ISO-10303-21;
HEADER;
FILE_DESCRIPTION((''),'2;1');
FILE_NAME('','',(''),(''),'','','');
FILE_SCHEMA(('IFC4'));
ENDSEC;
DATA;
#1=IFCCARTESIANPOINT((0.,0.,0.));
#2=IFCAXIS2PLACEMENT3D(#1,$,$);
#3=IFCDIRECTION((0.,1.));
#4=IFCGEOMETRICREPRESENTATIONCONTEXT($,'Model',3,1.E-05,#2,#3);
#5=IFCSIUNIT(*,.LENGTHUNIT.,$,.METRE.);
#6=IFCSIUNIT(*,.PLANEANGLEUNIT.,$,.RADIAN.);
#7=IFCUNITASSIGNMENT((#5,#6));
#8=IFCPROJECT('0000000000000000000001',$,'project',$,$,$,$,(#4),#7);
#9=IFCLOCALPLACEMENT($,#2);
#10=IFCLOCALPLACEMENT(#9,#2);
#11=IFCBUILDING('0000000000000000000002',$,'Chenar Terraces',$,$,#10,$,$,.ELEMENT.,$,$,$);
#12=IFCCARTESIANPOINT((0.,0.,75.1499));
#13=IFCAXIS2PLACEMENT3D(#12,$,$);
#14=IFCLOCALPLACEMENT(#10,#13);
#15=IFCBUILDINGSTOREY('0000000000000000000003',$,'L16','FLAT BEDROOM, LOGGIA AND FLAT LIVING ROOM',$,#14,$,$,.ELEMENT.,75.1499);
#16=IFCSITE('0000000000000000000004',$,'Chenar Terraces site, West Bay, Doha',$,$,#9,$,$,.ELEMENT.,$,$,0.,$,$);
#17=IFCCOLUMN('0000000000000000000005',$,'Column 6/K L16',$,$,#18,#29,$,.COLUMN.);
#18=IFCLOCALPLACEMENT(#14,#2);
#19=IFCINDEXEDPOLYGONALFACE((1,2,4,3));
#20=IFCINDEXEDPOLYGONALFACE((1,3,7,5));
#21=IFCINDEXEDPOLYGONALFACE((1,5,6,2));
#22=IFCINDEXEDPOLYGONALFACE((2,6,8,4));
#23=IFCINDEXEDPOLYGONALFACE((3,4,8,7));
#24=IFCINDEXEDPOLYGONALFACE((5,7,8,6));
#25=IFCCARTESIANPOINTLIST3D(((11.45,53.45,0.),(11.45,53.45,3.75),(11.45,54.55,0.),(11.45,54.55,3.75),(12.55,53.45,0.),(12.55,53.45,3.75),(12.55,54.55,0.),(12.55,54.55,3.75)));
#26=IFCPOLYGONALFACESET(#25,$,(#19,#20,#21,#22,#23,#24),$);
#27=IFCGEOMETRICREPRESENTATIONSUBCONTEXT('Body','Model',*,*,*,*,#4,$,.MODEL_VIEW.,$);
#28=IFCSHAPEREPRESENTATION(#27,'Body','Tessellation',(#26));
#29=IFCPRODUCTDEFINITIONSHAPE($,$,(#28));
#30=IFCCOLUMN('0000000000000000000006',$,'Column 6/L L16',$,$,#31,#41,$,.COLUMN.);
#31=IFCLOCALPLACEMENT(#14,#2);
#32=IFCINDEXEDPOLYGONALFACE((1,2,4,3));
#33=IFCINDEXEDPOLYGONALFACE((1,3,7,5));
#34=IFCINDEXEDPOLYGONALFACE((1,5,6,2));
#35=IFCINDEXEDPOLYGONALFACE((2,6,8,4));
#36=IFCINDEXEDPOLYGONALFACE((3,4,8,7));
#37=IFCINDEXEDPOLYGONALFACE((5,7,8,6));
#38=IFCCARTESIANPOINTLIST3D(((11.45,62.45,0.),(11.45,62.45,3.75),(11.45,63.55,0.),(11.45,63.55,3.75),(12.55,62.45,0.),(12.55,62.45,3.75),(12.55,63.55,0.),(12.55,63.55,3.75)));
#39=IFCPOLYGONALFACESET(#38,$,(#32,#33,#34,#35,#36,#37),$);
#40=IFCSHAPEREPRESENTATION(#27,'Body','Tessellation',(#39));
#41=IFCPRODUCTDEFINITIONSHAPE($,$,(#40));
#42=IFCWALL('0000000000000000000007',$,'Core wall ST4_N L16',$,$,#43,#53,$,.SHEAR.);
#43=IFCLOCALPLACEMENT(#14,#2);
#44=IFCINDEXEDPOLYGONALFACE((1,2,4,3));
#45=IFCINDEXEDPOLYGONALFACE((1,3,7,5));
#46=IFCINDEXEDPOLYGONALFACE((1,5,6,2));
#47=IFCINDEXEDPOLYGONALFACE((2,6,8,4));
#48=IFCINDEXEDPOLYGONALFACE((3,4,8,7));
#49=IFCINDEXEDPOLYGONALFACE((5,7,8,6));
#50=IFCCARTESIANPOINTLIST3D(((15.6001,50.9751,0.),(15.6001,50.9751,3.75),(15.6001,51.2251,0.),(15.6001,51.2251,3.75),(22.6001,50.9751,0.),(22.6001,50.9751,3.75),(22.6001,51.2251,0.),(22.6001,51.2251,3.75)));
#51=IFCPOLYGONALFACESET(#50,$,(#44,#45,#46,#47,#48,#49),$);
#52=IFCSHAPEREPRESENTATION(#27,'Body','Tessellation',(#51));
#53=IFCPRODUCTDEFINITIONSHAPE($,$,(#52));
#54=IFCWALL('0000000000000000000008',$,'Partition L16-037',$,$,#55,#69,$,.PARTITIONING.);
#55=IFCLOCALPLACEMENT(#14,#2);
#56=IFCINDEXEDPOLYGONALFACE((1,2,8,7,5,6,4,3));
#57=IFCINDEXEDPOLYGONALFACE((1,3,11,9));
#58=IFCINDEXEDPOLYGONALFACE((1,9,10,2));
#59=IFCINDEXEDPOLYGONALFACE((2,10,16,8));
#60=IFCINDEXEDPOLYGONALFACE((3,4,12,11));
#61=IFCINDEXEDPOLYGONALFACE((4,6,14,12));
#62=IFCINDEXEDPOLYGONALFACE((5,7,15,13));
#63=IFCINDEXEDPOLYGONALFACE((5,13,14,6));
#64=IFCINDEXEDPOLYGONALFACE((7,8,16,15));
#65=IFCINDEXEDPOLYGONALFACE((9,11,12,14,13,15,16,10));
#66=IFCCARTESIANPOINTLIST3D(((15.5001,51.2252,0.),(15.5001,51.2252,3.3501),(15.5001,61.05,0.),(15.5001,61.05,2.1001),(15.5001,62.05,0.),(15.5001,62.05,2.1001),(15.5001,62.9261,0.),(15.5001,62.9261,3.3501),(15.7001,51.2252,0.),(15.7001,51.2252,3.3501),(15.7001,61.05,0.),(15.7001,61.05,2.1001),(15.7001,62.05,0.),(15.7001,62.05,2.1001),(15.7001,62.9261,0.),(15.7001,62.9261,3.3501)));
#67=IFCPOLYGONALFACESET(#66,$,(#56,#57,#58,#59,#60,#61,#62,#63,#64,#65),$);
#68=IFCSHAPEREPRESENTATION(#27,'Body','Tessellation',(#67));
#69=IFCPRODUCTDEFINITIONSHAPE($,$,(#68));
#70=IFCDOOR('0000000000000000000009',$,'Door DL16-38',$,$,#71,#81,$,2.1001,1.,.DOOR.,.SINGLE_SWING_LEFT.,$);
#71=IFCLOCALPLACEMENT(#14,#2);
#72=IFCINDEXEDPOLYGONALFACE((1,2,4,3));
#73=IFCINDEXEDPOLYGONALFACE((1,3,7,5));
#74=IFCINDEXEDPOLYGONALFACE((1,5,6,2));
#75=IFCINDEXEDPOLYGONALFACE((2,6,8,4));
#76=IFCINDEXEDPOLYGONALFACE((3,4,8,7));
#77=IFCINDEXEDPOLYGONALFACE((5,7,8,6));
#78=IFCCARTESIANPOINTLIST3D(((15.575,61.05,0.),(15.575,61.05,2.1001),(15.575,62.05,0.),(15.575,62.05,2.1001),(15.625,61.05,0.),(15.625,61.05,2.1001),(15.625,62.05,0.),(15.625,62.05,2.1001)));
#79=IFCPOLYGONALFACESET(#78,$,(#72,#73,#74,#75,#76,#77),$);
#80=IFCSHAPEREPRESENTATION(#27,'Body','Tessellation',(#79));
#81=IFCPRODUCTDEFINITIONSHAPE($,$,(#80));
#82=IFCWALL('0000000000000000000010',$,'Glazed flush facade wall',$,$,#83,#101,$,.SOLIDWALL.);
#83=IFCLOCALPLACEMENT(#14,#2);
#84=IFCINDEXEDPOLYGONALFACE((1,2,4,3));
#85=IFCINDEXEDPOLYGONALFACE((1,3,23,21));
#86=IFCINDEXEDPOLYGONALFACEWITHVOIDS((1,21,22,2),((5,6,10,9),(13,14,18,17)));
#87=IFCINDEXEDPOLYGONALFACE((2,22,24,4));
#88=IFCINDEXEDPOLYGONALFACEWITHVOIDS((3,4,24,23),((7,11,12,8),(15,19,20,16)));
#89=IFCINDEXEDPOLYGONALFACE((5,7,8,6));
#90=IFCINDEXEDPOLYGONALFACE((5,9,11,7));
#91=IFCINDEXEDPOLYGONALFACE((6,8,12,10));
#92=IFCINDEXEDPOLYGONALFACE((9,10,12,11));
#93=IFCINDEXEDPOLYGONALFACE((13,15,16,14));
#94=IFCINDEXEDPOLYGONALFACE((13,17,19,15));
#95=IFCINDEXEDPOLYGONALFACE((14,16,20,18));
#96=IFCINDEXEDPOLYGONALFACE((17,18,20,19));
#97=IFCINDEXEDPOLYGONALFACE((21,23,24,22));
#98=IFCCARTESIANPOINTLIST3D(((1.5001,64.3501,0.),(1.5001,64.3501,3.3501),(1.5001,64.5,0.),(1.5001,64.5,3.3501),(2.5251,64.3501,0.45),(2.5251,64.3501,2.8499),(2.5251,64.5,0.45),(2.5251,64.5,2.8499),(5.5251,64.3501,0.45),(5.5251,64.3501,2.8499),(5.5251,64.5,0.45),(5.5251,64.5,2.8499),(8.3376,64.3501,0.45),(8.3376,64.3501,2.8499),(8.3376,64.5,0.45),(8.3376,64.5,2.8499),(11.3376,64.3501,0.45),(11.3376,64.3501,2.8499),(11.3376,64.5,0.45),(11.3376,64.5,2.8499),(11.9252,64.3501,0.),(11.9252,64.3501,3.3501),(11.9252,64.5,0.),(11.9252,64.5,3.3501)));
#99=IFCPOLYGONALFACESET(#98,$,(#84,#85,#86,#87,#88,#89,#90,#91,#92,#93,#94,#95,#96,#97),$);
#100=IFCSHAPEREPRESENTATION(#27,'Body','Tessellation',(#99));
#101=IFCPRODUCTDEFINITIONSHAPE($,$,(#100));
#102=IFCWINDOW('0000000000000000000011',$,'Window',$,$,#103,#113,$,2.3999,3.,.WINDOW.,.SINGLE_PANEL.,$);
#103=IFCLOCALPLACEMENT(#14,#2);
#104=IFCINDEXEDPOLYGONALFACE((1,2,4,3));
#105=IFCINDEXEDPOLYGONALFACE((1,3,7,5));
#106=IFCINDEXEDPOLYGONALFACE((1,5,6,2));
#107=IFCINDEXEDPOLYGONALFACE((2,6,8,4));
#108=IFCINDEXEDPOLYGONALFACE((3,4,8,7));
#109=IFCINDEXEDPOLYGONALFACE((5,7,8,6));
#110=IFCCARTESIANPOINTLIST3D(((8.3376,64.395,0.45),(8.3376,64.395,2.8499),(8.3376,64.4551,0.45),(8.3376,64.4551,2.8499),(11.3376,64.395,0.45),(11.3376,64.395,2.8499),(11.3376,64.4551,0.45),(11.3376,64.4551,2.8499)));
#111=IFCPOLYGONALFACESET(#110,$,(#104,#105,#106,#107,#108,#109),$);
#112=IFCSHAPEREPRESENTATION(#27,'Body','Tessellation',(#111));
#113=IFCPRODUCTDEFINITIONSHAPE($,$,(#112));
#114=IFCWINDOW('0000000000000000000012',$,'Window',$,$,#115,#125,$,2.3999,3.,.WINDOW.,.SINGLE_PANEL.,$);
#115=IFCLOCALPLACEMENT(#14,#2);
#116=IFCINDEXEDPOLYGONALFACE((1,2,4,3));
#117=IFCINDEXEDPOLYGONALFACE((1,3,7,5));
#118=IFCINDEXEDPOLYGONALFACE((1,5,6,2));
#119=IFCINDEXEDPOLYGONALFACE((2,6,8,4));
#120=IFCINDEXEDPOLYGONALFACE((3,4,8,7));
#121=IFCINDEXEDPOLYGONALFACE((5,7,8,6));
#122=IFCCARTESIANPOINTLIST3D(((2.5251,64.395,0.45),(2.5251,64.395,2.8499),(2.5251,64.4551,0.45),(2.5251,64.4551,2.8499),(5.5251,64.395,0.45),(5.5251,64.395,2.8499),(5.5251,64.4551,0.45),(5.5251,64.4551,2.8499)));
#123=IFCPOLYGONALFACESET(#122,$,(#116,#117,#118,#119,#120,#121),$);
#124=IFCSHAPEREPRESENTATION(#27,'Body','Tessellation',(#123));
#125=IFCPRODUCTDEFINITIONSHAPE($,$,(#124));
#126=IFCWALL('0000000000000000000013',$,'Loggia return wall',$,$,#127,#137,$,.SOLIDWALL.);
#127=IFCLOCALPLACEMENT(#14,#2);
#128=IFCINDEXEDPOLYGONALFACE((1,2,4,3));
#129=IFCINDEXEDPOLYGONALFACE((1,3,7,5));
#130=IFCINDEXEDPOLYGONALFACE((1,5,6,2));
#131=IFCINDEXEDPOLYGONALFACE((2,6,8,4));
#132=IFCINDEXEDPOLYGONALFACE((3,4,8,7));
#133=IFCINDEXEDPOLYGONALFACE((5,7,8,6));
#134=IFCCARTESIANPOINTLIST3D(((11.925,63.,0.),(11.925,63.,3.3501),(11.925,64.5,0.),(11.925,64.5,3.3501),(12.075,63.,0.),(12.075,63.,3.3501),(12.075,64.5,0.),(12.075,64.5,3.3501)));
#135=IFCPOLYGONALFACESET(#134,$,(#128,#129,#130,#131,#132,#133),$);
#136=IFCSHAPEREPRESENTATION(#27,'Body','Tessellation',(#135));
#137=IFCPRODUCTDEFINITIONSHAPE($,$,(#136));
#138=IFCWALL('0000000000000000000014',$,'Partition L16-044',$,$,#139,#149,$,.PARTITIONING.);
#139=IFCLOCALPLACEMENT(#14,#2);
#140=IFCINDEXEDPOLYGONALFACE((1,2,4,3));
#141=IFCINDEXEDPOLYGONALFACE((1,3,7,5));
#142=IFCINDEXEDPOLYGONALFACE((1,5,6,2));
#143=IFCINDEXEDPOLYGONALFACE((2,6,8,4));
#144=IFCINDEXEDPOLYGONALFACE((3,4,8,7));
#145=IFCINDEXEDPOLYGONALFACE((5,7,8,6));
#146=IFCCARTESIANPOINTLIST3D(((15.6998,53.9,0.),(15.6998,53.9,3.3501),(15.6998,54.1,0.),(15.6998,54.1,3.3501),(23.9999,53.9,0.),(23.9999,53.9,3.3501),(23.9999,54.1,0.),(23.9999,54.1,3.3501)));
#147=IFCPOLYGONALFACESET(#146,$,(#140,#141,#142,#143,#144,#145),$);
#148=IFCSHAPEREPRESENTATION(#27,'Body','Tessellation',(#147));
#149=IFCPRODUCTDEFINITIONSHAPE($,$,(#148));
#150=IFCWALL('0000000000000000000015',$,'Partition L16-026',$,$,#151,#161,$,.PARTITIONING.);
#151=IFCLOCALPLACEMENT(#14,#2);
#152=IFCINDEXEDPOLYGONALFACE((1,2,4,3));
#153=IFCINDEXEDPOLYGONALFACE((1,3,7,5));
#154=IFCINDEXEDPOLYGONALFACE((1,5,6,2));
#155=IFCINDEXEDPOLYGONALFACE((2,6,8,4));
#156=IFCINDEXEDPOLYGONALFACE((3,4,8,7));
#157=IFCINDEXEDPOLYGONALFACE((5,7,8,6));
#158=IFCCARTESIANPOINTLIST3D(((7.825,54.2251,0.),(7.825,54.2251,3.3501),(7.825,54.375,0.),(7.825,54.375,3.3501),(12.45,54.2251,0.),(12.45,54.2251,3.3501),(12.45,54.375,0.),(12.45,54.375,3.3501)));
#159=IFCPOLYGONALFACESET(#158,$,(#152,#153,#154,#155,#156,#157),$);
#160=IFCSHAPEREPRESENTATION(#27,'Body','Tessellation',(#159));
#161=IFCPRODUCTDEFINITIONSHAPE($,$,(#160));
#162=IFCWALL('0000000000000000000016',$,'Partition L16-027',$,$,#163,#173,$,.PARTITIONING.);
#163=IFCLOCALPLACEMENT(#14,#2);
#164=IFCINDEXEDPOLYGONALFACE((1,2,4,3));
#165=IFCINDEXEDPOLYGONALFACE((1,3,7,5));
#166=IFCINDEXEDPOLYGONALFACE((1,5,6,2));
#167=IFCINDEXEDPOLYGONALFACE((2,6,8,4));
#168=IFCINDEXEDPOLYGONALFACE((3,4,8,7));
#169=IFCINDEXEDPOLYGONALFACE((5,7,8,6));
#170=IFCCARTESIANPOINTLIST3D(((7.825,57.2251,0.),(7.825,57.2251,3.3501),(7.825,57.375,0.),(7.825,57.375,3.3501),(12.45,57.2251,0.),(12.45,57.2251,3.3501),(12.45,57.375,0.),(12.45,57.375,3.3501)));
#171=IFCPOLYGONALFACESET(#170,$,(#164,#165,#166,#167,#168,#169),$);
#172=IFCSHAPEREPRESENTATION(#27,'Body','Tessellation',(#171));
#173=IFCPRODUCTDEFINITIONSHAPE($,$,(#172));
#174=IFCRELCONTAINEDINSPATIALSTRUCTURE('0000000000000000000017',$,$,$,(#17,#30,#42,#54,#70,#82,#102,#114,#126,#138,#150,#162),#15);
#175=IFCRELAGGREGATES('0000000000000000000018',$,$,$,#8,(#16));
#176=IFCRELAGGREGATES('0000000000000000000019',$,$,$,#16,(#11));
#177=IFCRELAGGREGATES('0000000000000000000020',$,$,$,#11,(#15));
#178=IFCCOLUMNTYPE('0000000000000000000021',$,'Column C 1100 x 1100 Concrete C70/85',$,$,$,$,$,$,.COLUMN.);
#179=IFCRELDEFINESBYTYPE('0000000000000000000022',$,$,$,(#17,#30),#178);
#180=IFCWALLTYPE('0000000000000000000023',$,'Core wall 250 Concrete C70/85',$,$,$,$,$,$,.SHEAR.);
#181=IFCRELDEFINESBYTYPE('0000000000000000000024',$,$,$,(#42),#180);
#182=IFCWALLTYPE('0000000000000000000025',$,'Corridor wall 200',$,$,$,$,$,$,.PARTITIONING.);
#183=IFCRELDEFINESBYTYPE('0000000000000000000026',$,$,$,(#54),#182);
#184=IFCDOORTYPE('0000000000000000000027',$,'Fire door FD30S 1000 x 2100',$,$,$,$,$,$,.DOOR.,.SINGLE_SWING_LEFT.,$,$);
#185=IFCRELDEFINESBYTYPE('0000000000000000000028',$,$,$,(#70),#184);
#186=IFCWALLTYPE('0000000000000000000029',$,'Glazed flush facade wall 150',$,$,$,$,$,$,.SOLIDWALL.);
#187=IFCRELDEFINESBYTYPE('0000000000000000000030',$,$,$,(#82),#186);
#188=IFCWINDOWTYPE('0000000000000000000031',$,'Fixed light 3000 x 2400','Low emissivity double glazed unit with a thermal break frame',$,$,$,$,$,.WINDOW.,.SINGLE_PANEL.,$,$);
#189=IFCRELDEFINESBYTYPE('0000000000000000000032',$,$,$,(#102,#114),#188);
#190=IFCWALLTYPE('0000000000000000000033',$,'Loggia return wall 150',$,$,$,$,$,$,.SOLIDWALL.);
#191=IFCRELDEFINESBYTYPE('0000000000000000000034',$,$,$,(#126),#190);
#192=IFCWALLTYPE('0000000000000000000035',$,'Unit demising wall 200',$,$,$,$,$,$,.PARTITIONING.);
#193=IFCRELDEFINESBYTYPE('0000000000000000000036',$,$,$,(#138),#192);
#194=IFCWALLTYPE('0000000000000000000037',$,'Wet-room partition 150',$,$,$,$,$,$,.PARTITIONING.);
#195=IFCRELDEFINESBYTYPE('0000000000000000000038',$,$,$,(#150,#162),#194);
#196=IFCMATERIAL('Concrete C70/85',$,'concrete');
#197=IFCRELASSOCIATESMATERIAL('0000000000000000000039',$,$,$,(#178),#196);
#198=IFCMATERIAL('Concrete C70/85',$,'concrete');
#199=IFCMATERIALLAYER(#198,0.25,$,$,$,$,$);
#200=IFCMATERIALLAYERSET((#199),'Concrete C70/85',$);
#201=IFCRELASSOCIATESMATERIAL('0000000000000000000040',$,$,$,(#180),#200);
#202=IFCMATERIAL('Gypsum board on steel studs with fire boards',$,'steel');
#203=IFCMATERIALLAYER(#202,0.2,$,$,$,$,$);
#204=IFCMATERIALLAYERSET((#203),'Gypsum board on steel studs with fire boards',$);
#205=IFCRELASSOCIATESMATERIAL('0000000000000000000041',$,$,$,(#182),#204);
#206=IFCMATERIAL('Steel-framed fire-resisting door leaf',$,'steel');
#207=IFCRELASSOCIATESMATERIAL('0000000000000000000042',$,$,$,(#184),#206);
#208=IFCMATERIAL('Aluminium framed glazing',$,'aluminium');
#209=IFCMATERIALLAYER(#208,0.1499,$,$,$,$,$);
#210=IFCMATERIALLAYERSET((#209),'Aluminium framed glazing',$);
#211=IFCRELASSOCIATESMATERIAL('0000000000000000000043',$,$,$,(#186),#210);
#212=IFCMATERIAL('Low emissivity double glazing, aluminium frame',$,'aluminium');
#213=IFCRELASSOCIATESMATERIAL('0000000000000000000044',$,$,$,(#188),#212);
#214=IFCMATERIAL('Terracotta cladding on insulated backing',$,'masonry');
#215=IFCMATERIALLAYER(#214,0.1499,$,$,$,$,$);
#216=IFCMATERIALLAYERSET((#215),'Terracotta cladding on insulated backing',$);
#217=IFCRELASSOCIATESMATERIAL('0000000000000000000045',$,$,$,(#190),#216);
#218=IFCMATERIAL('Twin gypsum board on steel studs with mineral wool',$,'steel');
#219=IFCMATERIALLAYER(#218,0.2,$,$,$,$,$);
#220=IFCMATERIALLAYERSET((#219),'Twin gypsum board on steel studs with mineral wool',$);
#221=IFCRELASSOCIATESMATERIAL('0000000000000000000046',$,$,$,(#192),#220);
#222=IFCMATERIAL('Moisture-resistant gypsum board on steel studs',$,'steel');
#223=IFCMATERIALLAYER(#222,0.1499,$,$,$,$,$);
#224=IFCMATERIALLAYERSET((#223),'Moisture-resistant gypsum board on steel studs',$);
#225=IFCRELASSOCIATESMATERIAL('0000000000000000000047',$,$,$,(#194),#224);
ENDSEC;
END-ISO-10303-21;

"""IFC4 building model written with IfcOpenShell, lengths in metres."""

from ifc_helpers import new_model, si_unit, direction, frame, frame_2d, origin, origin_2d, place, context, subcontext, project, spatial, rectangle, extrude, material, layer, layer_set, material_profile, profile_set, type_object, element, fill, save


model = new_model("IFC4")

# Units and contexts
model_context = context("Model", 3, precision=1e-05, world=origin(), true_north=direction((0.0, 1.0)))
body_context = subcontext(model_context, "Body", "Model", "MODEL_VIEW")
ifc_project = project(units=[si_unit("LENGTHUNIT", "METRE"), si_unit("PLANEANGLEUNIT", "RADIAN")], contexts=[model_context])

# Site, building, storey
site_placement = place(None, origin())
site = spatial("IfcSite", under=ifc_project, at=site_placement, Name="Chenar Terraces site, West Bay, Doha", CompositionType="ELEMENT", RefElevation=0.0)
building_placement = place(site_placement, origin())
building = spatial("IfcBuilding", under=site, at=building_placement, Name="Chenar Terraces", CompositionType="ELEMENT")
storey_placement = place(building_placement, frame((0.0, 0.0, 75.1499)))
storey = spatial("IfcBuildingStorey", under=building, at=storey_placement, Name="L16", Description="FLAT BEDROOM, LOGGIA AND FLAT LIVING ROOM", CompositionType="ELEMENT", Elevation=75.1499)

# Columns
ifc_material_1 = material(Name="Concrete C70/85", Category="concrete")
ifc_material_profile = material_profile(ifc_material_1, rectangle(XDim=1.1001, YDim=1.1001, at=origin_2d()), Name="C 1100 x 1100")
ifc_profile_set = profile_set([ifc_material_profile], Name="Concrete C70/85")
column_type = type_object("IfcColumnType", Name="Column C 1100 x 1100 Concrete C70/85", PredefinedType="COLUMN", material=ifc_profile_set)
for number, where, z_axis, x_axis, name in (
    (1, (12.0, 54.0, 0.0), (0.0, 0.0, 1.0), (1.0, 0.0, 0.0), "Column 6/K L16"),
    (2, (12.0, 63.0, 0.0), (0.0, 0.0, 1.0), (1.0, 0.0, 0.0), "Column 6/L L16"),
):
    element("IfcColumn", number, at=place(storey_placement, frame(where, z_axis=z_axis, x_axis=x_axis)), inside=storey, type_object=column_type, Name=name, PredefinedType="COLUMN", context=body_context, shape_type="SweptSolid", body=[
        extrude(rectangle(XDim=1.1001, YDim=1.1001, at=origin_2d()), origin(), (0.0, 0.0, 1.0), 3.75),
    ])

# Wall
ifc_material_2 = material(Name="Concrete C70/85", Category="concrete")
ifc_layer_1 = layer(ifc_material_2, 0.25)
ifc_layer_set_1 = layer_set([ifc_layer_1], Name="Concrete C70/85")
wall_type_1 = type_object("IfcWallType", Name="Core wall 250 Concrete C70/85", PredefinedType="SHEAR", material=ifc_layer_set_1)
wall_1_placement = place(storey_placement, frame((15.6001, 51.1001, 0.0), z_axis=(0.0, 0.0, 1.0), x_axis=(1.0, 0.0, 0.0)))
element("IfcWall", 3, at=wall_1_placement, inside=storey, type_object=wall_type_1, Name="Core wall ST4_N L16", PredefinedType="SHEAR", context=body_context, shape_type="SweptSolid", body=[
    extrude(rectangle(XDim=7.0, YDim=0.25, at=frame_2d((3.5, 0.0))), origin(), (0.0, 0.0, 1.0), 3.75),
])

# Wall, opening, door
ifc_material_3 = material(Name="Gypsum board on steel studs with fire boards", Category="steel")
ifc_layer_2 = layer(ifc_material_3, 0.2)
ifc_layer_set_2 = layer_set([ifc_layer_2], Name="Gypsum board on steel studs with fire boards")
wall_type_2 = type_object("IfcWallType", Name="Corridor wall 200", PredefinedType="PARTITIONING", material=ifc_layer_set_2)
wall_2_placement = place(storey_placement, frame((15.6001, 51.2251, 0.0), z_axis=(0.0, 0.0, 1.0), x_axis=(0.0, 1.0, 0.0)))
wall_2 = element("IfcWall", 4, at=wall_2_placement, inside=storey, type_object=wall_type_2, Name="Partition L16-037", PredefinedType="PARTITIONING", context=body_context, shape_type="SweptSolid", body=[
    extrude(rectangle(XDim=11.7009, YDim=0.2, at=frame_2d((5.8506, 0.0))), origin(), (0.0, 0.0, 1.0), 3.3501),
])
opening_1_placement = place(wall_2_placement, frame((9.825, 0.0, 0.0)))
opening_1 = element("IfcOpeningElement", 5, at=opening_1_placement, cuts=wall_2, PredefinedType="OPENING", context=body_context, shape_type="SweptSolid", body=[
    extrude(rectangle(XDim=1.0, YDim=2.1001, at=frame_2d((0.5, 1.05))), frame((0.0, 0.1099, 0.0), z_axis=(0.0, -1.0, 0.0), x_axis=(1.0, 0.0, 0.0)), (0.0, 0.0, 1.0), 0.22),
])
ifc_material_4 = material(Name="Steel-framed fire-resisting door leaf", Category="steel")
door_type = type_object("IfcDoorType", Name="Fire door FD30S 1000 x 2100", OperationType="SINGLE_SWING_LEFT", PredefinedType="DOOR", material=ifc_material_4)
door_placement = place(opening_1_placement, frame((1.0, 0.0, 0.0), z_axis=(0.0, 0.0, 1.0), x_axis=(-1.0, 0.0, 0.0)))
door = element("IfcDoor", 6, at=door_placement, inside=storey, type_object=door_type, Name="Door DL16-38", OperationType="SINGLE_SWING_LEFT", OverallHeight=2.1001, OverallWidth=1.0, PredefinedType="DOOR", context=body_context, shape_type="SweptSolid", body=[
    extrude(rectangle(XDim=1.0, YDim=2.1001, at=frame_2d((0.5, 1.05))), frame((0.0, 0.0249, 0.0), z_axis=(0.0, -1.0, 0.0), x_axis=(1.0, 0.0, 0.0)), (0.0, 0.0, 1.0), 0.05),
])
fill(opening_1, door)

# Wall, openings, windows
ifc_material_5 = material(Name="Aluminium framed glazing", Category="aluminium")
ifc_layer_3 = layer(ifc_material_5, 0.1499)
ifc_layer_set_3 = layer_set([ifc_layer_3], Name="Aluminium framed glazing")
wall_type_3 = type_object("IfcWallType", Name="Glazed flush facade wall 150", PredefinedType="SOLIDWALL", material=ifc_layer_set_3)
wall_3_placement = place(storey_placement, frame((11.925, 64.425, 0.0), z_axis=(0.0, 0.0, 1.0), x_axis=(-1.0, 0.0, 0.0)))
wall_3 = element("IfcWall", 7, at=wall_3_placement, inside=storey, type_object=wall_type_3, Name="Glazed flush facade wall", PredefinedType="SOLIDWALL", context=body_context, shape_type="SweptSolid", body=[
    extrude(rectangle(XDim=10.425, YDim=0.1499, at=frame_2d((5.2124, 0.0))), origin(), (0.0, 0.0, 1.0), 3.3501),
])
opening_2_placement = place(wall_3_placement, frame((0.5874, 0.0, 0.45)))
opening_2 = element("IfcOpeningElement", 8, at=opening_2_placement, cuts=wall_3, PredefinedType="OPENING", context=body_context, shape_type="SweptSolid", body=[
    extrude(rectangle(XDim=3.0, YDim=2.3999, at=frame_2d((1.5, 1.2))), frame((0.0, 0.085, 0.0), z_axis=(0.0, -1.0, 0.0), x_axis=(1.0, 0.0, 0.0)), (0.0, 0.0, 1.0), 0.1699),
])
opening_3_placement = place(wall_3_placement, frame((6.3999, 0.0, 0.45)))
opening_3 = element("IfcOpeningElement", 9, at=opening_3_placement, cuts=wall_3, PredefinedType="OPENING", context=body_context, shape_type="SweptSolid", body=[
    extrude(rectangle(XDim=3.0, YDim=2.3999, at=frame_2d((1.5, 1.2))), frame((0.0, 0.085, 0.0), z_axis=(0.0, -1.0, 0.0), x_axis=(1.0, 0.0, 0.0)), (0.0, 0.0, 1.0), 0.1699),
])
ifc_material_6 = material(Name="Low emissivity double glazing, aluminium frame", Category="aluminium")
window_type = type_object("IfcWindowType", Name="Fixed light 3000 x 2400", Description="Low emissivity double glazed unit with a thermal break frame", PartitioningType="SINGLE_PANEL", PredefinedType="WINDOW", material=ifc_material_6)
window_1_placement = place(opening_2_placement, origin())
window_1 = element("IfcWindow", 10, at=window_1_placement, inside=storey, type_object=window_type, Name="Window", OverallHeight=2.3999, OverallWidth=3.0, PartitioningType="SINGLE_PANEL", PredefinedType="WINDOW", context=body_context, shape_type="SweptSolid", body=[
    extrude(rectangle(XDim=3.0, YDim=2.3999, at=frame_2d((1.5, 1.2))), frame((0.0, 0.03, 0.0), z_axis=(0.0, -1.0, 0.0), x_axis=(1.0, 0.0, 0.0)), (0.0, 0.0, 1.0), 0.0601),
])
fill(opening_2, window_1)
window_2_placement = place(opening_3_placement, origin())
window_2 = element("IfcWindow", 11, at=window_2_placement, inside=storey, type_object=window_type, Name="Window", OverallHeight=2.3999, OverallWidth=3.0, PartitioningType="SINGLE_PANEL", PredefinedType="WINDOW", context=body_context, shape_type="SweptSolid", body=[
    extrude(rectangle(XDim=3.0, YDim=2.3999, at=frame_2d((1.5, 1.2))), frame((0.0, 0.03, 0.0), z_axis=(0.0, -1.0, 0.0), x_axis=(1.0, 0.0, 0.0)), (0.0, 0.0, 1.0), 0.0601),
])
fill(opening_3, window_2)

# Walls
ifc_material_7 = material(Name="Terracotta cladding on insulated backing", Category="masonry")
ifc_layer_4 = layer(ifc_material_7, 0.1499)
ifc_layer_set_4 = layer_set([ifc_layer_4], Name="Terracotta cladding on insulated backing")
wall_type_4 = type_object("IfcWallType", Name="Loggia return wall 150", PredefinedType="SOLIDWALL", material=ifc_layer_set_4)
wall_4_placement = place(storey_placement, frame((12.0, 64.5, 0.0), z_axis=(0.0, 0.0, 1.0), x_axis=(0.0, -1.0, 0.0)))
element("IfcWall", 12, at=wall_4_placement, inside=storey, type_object=wall_type_4, Name="Loggia return wall", PredefinedType="SOLIDWALL", context=body_context, shape_type="SweptSolid", body=[
    extrude(rectangle(XDim=1.5, YDim=0.1499, at=frame_2d((0.75, 0.0))), origin(), (0.0, 0.0, 1.0), 3.3501),
])
ifc_material_8 = material(Name="Twin gypsum board on steel studs with mineral wool", Category="steel")
ifc_layer_5 = layer(ifc_material_8, 0.2)
ifc_layer_set_5 = layer_set([ifc_layer_5], Name="Twin gypsum board on steel studs with mineral wool")
wall_type_5 = type_object("IfcWallType", Name="Unit demising wall 200", PredefinedType="PARTITIONING", material=ifc_layer_set_5)
wall_5_placement = place(storey_placement, frame((15.7, 54.0, 0.0), z_axis=(0.0, 0.0, 1.0), x_axis=(1.0, 0.0, 0.0)))
element("IfcWall", 13, at=wall_5_placement, inside=storey, type_object=wall_type_5, Name="Partition L16-044", PredefinedType="PARTITIONING", context=body_context, shape_type="SweptSolid", body=[
    extrude(rectangle(XDim=8.3, YDim=0.2, at=frame_2d((4.1499, 0.0))), origin(), (0.0, 0.0, 1.0), 3.3501),
])
ifc_material_9 = material(Name="Moisture-resistant gypsum board on steel studs", Category="steel")
ifc_layer_6 = layer(ifc_material_9, 0.1499)
ifc_layer_set_6 = layer_set([ifc_layer_6], Name="Moisture-resistant gypsum board on steel studs")
wall_type_6 = type_object("IfcWallType", Name="Wet-room partition 150", PredefinedType="PARTITIONING", material=ifc_layer_set_6)
for number, where, z_axis, x_axis, name in (
    (14, (7.825, 54.3, 0.0), (0.0, 0.0, 1.0), (1.0, 0.0, 0.0), "Partition L16-026"),
    (15, (7.825, 57.3, 0.0), (0.0, 0.0, 1.0), (1.0, 0.0, 0.0), "Partition L16-027"),
):
    element("IfcWall", number, at=place(storey_placement, frame(where, z_axis=z_axis, x_axis=x_axis)), inside=storey, type_object=wall_type_6, Name=name, PredefinedType="PARTITIONING", context=body_context, shape_type="SweptSolid", body=[
        extrude(rectangle(XDim=4.625, YDim=0.1499, at=frame_2d((2.3125, 0.0))), origin(), (0.0, 0.0, 1.0), 3.3501),
    ])

save(model, "model.ifc")
